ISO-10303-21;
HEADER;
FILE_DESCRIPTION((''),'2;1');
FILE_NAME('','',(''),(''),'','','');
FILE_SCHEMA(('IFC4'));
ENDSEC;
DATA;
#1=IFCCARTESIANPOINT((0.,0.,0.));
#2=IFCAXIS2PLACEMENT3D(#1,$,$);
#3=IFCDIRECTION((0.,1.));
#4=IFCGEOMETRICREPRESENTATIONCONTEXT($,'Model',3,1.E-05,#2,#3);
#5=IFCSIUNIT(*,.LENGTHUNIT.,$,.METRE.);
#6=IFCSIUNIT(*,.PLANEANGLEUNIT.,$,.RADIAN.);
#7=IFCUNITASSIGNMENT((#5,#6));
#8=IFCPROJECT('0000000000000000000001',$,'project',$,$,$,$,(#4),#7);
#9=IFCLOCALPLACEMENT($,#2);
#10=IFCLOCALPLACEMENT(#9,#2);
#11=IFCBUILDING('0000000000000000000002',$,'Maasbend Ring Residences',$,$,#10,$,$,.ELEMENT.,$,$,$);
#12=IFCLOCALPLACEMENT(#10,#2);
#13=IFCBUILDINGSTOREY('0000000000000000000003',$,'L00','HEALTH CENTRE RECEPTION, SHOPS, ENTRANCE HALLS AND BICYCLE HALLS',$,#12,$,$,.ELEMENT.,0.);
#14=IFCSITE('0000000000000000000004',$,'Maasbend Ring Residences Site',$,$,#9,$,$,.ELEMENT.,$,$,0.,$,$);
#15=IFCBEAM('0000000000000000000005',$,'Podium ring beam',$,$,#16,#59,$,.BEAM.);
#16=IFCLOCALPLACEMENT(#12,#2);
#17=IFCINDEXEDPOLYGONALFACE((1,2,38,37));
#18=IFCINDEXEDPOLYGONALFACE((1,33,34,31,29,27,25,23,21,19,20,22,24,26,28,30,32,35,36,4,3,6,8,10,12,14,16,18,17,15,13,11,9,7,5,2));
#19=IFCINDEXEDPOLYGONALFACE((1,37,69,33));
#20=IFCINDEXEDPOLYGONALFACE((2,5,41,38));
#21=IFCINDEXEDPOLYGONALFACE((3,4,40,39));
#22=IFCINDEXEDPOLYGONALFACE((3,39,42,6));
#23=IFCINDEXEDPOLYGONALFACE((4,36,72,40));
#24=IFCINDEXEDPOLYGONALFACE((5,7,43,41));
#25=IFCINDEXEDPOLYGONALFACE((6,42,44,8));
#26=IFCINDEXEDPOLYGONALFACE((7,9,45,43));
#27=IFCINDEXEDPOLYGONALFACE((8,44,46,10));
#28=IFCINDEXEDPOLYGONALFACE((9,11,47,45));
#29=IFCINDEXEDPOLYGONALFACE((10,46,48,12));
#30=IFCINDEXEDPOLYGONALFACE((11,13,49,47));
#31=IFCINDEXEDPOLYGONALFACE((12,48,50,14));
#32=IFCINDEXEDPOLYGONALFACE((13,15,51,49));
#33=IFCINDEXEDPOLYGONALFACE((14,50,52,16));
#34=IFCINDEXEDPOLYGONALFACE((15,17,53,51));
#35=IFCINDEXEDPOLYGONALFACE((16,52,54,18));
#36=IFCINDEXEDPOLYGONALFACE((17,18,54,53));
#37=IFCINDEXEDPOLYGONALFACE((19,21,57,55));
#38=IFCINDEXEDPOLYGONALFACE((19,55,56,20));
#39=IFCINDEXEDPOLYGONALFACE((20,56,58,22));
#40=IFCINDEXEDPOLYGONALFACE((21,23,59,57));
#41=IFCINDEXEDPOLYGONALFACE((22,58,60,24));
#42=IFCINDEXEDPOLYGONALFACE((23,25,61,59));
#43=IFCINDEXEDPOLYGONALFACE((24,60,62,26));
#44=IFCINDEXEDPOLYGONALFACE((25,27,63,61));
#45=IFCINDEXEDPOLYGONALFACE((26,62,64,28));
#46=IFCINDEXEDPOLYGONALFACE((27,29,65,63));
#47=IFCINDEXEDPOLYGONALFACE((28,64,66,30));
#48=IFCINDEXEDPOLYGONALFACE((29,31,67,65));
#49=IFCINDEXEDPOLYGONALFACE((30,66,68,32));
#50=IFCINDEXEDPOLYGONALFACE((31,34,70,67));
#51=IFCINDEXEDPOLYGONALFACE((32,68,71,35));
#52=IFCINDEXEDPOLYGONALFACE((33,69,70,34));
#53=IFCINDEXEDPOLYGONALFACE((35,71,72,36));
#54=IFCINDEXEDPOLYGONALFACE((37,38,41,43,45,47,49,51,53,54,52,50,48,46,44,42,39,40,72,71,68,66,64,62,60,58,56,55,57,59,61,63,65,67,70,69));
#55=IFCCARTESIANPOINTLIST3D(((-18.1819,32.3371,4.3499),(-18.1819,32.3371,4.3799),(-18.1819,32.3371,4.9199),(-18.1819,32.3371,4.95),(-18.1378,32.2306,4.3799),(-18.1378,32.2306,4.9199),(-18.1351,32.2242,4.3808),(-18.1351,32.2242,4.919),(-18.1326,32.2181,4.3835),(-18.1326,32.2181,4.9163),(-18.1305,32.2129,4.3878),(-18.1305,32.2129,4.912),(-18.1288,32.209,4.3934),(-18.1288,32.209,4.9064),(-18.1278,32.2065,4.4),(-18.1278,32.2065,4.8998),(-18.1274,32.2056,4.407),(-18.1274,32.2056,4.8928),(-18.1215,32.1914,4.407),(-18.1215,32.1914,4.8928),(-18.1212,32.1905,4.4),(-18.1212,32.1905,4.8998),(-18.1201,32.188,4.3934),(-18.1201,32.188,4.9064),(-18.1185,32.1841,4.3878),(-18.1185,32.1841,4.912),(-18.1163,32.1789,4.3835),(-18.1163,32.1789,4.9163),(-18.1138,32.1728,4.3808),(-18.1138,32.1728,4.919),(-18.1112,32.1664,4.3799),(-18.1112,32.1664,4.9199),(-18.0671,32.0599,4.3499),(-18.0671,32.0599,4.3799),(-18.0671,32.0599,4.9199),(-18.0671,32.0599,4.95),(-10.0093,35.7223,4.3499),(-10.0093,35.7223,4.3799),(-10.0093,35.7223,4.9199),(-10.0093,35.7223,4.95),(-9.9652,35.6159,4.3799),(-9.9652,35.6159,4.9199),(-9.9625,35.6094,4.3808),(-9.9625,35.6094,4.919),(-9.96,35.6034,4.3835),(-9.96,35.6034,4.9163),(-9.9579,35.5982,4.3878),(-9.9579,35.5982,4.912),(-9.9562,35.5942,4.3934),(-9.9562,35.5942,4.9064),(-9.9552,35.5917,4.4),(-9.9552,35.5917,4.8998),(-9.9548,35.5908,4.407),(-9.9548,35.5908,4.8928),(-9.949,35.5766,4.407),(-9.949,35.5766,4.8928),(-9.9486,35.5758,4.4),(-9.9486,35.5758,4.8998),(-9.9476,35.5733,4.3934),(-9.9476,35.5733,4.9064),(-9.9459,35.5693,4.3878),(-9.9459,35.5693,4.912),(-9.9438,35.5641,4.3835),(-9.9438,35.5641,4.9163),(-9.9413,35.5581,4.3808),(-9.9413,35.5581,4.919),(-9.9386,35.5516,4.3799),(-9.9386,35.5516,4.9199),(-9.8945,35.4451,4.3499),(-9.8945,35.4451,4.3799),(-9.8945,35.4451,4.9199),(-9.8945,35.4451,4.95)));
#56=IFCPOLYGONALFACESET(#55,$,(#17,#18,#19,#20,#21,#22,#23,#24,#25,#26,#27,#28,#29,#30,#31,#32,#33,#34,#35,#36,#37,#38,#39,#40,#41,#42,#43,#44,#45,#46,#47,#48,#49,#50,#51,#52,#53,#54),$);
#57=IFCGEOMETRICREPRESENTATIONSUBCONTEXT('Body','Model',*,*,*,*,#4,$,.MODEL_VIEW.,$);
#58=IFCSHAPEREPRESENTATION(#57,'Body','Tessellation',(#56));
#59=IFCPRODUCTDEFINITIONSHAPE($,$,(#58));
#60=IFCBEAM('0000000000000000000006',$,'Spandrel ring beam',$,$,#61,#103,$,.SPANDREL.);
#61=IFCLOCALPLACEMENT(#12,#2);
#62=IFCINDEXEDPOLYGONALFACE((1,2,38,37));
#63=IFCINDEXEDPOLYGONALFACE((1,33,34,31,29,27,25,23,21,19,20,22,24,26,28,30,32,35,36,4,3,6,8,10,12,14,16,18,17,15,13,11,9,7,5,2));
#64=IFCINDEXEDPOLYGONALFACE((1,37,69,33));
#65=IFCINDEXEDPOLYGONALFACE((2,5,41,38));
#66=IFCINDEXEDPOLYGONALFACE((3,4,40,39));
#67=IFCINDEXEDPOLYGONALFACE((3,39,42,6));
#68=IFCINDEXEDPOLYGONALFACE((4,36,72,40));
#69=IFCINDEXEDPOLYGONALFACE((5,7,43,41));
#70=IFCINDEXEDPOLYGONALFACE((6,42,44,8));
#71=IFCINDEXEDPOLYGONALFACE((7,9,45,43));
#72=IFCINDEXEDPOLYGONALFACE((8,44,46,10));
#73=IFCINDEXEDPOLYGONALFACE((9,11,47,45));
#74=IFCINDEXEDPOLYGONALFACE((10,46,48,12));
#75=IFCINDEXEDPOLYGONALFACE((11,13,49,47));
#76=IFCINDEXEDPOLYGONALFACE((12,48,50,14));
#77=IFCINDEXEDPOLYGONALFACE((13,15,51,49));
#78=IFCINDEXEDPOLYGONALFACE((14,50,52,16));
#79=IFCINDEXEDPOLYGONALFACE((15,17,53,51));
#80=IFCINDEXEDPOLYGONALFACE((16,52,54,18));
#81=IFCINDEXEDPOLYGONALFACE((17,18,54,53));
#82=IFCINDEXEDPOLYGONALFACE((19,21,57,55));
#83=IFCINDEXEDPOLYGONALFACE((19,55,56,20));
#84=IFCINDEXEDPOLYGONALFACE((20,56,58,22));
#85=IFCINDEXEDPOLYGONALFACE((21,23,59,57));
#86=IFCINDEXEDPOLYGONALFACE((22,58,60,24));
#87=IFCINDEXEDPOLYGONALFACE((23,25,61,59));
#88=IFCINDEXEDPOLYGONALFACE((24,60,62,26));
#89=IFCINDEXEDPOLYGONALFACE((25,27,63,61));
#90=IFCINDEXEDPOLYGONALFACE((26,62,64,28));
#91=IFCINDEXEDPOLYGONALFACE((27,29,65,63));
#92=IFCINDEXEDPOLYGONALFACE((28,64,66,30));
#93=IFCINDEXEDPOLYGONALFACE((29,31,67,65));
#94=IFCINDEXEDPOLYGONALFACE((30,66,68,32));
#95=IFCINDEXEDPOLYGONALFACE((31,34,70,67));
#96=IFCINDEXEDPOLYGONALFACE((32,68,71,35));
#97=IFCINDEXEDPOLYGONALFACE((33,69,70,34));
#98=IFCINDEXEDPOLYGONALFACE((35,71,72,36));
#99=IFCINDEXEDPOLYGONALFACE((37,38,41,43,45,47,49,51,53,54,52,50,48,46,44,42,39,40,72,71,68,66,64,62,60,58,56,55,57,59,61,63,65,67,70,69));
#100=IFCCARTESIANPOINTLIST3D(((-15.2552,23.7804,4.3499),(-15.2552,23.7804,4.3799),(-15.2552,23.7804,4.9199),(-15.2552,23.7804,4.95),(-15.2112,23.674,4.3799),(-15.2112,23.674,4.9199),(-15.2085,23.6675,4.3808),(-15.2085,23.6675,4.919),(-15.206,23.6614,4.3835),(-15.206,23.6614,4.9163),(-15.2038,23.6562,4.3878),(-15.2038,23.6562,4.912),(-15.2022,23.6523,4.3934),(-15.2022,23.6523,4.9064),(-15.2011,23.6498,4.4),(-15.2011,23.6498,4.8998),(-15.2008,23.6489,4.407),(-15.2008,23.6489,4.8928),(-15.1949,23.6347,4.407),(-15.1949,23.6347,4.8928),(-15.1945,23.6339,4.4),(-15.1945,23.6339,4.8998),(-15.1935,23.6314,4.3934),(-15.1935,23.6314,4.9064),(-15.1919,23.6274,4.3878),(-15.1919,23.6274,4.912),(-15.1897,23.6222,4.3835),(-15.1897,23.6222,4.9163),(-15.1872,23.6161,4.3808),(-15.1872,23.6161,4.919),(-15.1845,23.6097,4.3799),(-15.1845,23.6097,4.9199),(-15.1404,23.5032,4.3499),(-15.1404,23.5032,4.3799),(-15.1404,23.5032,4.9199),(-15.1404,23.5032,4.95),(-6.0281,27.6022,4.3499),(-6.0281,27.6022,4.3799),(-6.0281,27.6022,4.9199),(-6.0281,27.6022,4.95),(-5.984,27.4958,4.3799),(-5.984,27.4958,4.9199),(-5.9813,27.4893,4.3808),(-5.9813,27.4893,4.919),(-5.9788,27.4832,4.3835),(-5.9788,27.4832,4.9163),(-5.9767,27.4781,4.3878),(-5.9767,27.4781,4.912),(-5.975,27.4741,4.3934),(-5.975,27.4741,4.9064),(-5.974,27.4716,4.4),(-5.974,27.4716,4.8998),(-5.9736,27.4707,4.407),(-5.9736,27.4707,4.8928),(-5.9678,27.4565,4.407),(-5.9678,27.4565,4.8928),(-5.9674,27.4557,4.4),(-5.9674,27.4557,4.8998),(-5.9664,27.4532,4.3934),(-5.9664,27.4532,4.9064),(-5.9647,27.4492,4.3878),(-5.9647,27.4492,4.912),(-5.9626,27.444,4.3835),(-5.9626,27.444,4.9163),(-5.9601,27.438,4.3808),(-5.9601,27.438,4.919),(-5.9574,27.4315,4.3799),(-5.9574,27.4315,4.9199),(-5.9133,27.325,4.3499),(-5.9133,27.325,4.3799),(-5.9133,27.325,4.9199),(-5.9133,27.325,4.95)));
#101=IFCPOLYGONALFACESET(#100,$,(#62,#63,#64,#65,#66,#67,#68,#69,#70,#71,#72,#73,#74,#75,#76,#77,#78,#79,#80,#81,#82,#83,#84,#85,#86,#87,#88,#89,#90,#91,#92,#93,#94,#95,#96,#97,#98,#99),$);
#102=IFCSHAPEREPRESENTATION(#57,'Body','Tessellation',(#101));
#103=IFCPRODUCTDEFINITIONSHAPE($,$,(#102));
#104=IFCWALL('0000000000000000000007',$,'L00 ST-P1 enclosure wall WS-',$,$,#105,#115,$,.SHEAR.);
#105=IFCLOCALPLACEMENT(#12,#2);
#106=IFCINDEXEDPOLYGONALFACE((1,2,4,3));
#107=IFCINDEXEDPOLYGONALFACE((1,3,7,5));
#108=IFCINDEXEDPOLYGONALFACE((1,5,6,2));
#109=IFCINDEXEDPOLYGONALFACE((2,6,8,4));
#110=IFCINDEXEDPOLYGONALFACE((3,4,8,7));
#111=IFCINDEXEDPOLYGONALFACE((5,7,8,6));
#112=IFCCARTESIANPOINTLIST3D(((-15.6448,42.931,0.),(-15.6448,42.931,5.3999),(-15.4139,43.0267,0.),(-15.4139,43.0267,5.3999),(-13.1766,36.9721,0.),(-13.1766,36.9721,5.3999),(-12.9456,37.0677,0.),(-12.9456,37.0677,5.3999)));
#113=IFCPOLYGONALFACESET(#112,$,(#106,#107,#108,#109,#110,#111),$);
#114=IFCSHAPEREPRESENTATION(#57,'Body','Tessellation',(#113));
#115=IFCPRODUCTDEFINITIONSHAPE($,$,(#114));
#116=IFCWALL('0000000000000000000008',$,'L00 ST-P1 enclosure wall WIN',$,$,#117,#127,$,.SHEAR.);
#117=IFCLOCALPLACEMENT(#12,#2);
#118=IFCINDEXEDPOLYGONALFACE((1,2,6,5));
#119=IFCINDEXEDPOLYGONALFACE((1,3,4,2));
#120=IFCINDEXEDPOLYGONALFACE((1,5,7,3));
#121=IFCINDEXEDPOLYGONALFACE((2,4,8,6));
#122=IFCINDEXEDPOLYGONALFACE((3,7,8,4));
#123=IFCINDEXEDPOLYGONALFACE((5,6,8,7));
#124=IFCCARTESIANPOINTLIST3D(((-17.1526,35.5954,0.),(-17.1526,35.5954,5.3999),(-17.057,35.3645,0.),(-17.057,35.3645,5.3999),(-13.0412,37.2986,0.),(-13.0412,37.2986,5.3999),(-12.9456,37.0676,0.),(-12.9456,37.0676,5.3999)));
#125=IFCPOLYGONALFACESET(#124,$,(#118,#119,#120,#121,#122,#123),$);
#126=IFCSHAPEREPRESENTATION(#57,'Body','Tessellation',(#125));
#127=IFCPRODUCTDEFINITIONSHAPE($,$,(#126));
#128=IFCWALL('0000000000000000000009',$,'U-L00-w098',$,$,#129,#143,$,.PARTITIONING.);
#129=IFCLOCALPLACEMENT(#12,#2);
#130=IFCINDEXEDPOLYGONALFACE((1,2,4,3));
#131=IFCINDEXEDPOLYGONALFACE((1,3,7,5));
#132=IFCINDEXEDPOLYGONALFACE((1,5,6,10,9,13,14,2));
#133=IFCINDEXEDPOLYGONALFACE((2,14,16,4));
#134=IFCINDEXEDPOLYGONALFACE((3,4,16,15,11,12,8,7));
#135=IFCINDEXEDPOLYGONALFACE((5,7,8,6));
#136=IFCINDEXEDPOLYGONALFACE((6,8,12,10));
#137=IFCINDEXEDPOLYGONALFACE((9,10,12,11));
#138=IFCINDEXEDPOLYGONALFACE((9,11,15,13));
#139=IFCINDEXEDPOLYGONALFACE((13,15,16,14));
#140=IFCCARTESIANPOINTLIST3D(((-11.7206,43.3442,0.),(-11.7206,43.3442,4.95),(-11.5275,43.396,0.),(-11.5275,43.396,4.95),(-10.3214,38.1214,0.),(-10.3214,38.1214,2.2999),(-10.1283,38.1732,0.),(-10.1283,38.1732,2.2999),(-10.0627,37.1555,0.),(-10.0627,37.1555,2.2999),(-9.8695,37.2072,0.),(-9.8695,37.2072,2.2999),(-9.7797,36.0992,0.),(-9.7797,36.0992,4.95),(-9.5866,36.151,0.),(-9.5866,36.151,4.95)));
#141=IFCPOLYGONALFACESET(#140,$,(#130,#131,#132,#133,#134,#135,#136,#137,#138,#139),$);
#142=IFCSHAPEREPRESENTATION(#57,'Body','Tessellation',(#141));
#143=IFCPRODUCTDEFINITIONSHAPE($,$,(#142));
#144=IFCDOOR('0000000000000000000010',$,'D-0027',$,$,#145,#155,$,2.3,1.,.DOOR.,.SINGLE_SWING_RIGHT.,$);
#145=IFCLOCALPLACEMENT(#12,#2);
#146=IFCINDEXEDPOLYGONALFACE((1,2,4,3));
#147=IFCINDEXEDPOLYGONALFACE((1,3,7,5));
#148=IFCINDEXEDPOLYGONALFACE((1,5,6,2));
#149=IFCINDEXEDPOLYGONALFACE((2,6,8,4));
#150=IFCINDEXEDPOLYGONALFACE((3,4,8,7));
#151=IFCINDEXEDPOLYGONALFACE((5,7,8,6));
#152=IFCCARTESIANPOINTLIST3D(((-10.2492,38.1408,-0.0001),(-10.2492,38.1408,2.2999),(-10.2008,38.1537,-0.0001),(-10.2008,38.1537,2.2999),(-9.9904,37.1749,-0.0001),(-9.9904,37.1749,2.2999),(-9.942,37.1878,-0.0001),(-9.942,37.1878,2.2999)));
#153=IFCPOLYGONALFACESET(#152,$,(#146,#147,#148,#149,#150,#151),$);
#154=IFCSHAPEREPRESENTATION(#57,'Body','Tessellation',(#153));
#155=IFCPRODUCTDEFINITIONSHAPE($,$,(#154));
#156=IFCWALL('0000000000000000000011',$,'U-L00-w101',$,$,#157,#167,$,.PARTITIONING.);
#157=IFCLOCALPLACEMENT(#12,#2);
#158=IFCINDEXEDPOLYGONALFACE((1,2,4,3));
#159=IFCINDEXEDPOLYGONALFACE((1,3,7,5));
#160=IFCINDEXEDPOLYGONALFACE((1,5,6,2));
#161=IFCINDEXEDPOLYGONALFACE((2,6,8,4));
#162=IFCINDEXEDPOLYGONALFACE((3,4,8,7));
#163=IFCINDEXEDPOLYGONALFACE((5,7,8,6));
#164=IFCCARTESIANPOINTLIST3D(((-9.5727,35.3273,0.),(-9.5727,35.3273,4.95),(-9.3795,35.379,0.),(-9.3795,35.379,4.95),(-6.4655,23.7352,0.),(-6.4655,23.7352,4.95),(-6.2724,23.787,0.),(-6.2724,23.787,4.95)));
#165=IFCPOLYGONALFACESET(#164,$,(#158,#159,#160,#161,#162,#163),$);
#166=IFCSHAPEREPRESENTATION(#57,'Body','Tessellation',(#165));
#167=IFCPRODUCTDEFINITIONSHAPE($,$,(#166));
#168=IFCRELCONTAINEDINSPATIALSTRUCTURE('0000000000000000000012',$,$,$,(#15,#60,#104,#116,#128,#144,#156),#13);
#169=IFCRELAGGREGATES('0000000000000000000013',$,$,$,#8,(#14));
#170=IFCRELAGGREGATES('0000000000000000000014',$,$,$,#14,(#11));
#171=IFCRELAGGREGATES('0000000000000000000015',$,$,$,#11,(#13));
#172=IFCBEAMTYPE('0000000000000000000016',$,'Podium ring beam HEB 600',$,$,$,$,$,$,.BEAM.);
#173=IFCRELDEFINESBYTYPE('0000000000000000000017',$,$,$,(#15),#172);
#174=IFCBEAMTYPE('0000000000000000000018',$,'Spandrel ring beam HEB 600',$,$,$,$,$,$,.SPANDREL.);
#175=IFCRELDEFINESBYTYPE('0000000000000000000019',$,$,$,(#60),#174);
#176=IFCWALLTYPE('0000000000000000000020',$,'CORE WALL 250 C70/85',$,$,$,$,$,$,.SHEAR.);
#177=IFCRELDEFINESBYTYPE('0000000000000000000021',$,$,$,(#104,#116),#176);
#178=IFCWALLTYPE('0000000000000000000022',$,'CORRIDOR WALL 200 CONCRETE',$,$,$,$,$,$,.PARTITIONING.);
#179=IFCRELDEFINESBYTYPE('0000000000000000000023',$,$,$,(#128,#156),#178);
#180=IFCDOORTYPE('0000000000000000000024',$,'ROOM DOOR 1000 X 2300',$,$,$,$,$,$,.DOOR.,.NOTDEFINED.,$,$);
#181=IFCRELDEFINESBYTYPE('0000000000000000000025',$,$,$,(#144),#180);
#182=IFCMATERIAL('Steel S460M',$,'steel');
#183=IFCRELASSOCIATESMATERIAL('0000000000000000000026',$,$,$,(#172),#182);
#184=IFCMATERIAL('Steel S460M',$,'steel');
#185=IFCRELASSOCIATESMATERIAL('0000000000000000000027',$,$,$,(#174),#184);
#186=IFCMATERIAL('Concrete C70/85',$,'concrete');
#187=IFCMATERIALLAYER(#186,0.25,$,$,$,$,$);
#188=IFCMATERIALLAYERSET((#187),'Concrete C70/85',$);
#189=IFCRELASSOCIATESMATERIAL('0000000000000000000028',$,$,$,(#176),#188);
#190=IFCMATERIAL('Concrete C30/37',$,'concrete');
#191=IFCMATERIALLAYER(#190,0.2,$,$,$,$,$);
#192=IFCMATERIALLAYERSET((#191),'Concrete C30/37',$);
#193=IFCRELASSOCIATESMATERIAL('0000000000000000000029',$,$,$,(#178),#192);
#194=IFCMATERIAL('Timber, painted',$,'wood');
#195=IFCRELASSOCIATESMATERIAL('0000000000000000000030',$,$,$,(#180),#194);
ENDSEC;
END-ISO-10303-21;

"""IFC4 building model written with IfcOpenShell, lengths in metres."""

from ifc_helpers import new_model, si_unit, direction, frame, frame_2d, origin, origin_2d, place, context, subcontext, project, spatial, rectangle, i_section, extrude, material, layer, layer_set, material_profile, profile_set, type_object, element, fill, save


model = new_model("IFC4")

# Units and contexts
model_context = context("Model", 3, precision=1e-05, world=origin(), true_north=direction((0.0, 1.0)))
body_context = subcontext(model_context, "Body", "Model", "MODEL_VIEW")
ifc_project = project(units=[si_unit("LENGTHUNIT", "METRE"), si_unit("PLANEANGLEUNIT", "RADIAN")], contexts=[model_context])

# Site, building, storey
site_placement = place(None, origin())
site = spatial("IfcSite", under=ifc_project, at=site_placement, Name="Maasbend Ring Residences Site", CompositionType="ELEMENT", RefElevation=0.0)
building_placement = place(site_placement, origin())
building = spatial("IfcBuilding", under=site, at=building_placement, Name="Maasbend Ring Residences", CompositionType="ELEMENT")
storey_placement = place(building_placement, origin())
storey = spatial("IfcBuildingStorey", under=building, at=storey_placement, Name="L00", Description="HEALTH CENTRE RECEPTION, SHOPS, ENTRANCE HALLS AND BICYCLE HALLS", CompositionType="ELEMENT", Elevation=0.0)

# Beams
ifc_material_1 = material(Name="Steel S460M", Category="steel")
ifc_material_profile_1 = material_profile(ifc_material_1, i_section(OverallWidth=0.3, OverallDepth=0.6001, WebThickness=0.0154, FlangeThickness=0.03, FilletRadius=0.0271, at=origin_2d()), Name="HEB 600")
ifc_profile_set_1 = profile_set([ifc_material_profile_1], Name="Steel S460M")
beam_type_1 = type_object("IfcBeamType", Name="Podium ring beam HEB 600", PredefinedType="BEAM", material=ifc_profile_set_1)
for number, where, z_axis, x_axis, name in (
    (1, (-9.9519, 35.5837, 4.6499), (-0.923878, -0.382688, 0.0), (0.382688, -0.923878, 0.0), "Podium ring beam"),
):
    element("IfcBeam", number, at=place(storey_placement, frame(where, z_axis=z_axis, x_axis=x_axis)), inside=storey, type_object=beam_type_1, Name=name, PredefinedType="BEAM", context=body_context, shape_type="SweptSolid", body=[
        extrude(i_section(OverallWidth=0.3, OverallDepth=0.6001, WebThickness=0.0154, FlangeThickness=0.03, FilletRadius=0.0271, at=origin_2d()), origin(), (0.0, 0.0, 1.0), 8.8459),
    ])
ifc_material_2 = material(Name="Steel S460M", Category="steel")
ifc_material_profile_2 = material_profile(ifc_material_2, i_section(OverallWidth=0.3, OverallDepth=0.6001, WebThickness=0.0154, FlangeThickness=0.03, FilletRadius=0.0271, at=origin_2d()), Name="HEB 600")
ifc_profile_set_2 = profile_set([ifc_material_profile_2], Name="Steel S460M")
beam_type_2 = type_object("IfcBeamType", Name="Spandrel ring beam HEB 600", PredefinedType="SPANDREL", material=ifc_profile_set_2)
beam_1_placement = place(storey_placement, frame((-5.9707, 27.4636, 4.6499), z_axis=(-0.923886, -0.382667, 0.0), x_axis=(0.382667, -0.923886, 0.0)))
element("IfcBeam", 2, at=beam_1_placement, inside=storey, type_object=beam_type_2, Name="Spandrel ring beam", PredefinedType="SPANDREL", context=body_context, shape_type="SweptSolid", body=[
    extrude(i_section(OverallWidth=0.3, OverallDepth=0.6001, WebThickness=0.0154, FlangeThickness=0.03, FilletRadius=0.0271, at=origin_2d()), origin(), (0.0, 0.0, 1.0), 9.9873),
])

# Walls
ifc_material_3 = material(Name="Concrete C70/85", Category="concrete")
ifc_layer_1 = layer(ifc_material_3, 0.25)
ifc_layer_set_1 = layer_set([ifc_layer_1], Name="Concrete C70/85")
wall_type_1 = type_object("IfcWallType", Name="CORE WALL 250 C70/85", PredefinedType="SHEAR", material=ifc_layer_set_1)
wall_1_placement = place(storey_placement, frame((-13.061, 37.0198, 0.0), z_axis=(0.0, 0.0, 1.0), x_axis=(-0.382679, 0.923881, 0.0)))
element("IfcWall", 3, at=wall_1_placement, inside=storey, type_object=wall_type_1, Name="L00 ST-P1 enclosure wall WS-", PredefinedType="SHEAR", context=body_context, shape_type="SweptSolid", body=[
    extrude(rectangle(XDim=6.45, YDim=0.25, at=frame_2d((3.2251, 0.0))), origin(), (0.0, 0.0, 1.0), 5.3999),
])
wall_2_placement = place(storey_placement, frame((-12.9934, 37.1831, 0.0), z_axis=(0.0, 0.0, 1.0), x_axis=(-0.923867, -0.382714, 0.0)))
element("IfcWall", 4, at=wall_2_placement, inside=storey, type_object=wall_type_1, Name="L00 ST-P1 enclosure wall WIN", PredefinedType="SHEAR", context=body_context, shape_type="SweptSolid", body=[
    extrude(rectangle(XDim=4.4502, YDim=0.25, at=frame_2d((2.2251, 0.0))), origin(), (0.0, 0.0, 1.0), 5.3999),
])

# Wall, opening, door
ifc_material_4 = material(Name="Concrete C30/37", Category="concrete")
ifc_layer_2 = layer(ifc_material_4, 0.2)
ifc_layer_set_2 = layer_set([ifc_layer_2], Name="Concrete C30/37")
wall_type_2 = type_object("IfcWallType", Name="CORRIDOR WALL 200 CONCRETE", PredefinedType="PARTITIONING", material=ifc_layer_set_2)
wall_3_placement = place(storey_placement, frame((-11.624, 43.3701, 0.0), z_axis=(0.0, 0.0, 1.0), x_axis=(0.258769, -0.965939, 0.0)))
wall_3 = element("IfcWall", 5, at=wall_3_placement, inside=storey, type_object=wall_type_2, Name="U-L00-w098", PredefinedType="PARTITIONING", context=body_context, shape_type="SweptSolid", body=[
    extrude(rectangle(XDim=7.5005, YDim=0.2, at=frame_2d((3.7502, 0.0))), origin(), (0.0, 0.0, 1.0), 4.95),
])
opening_1_placement = place(wall_3_placement, frame((5.407, 0.0, 0.0)))
opening_1 = element("IfcOpeningElement", 6, at=opening_1_placement, cuts=wall_3, PredefinedType="OPENING", context=body_context, shape_type="SweptSolid", body=[
    extrude(rectangle(XDim=1.0, YDim=2.3, at=frame_2d((0.5, 1.1499))), frame((0.0, 0.1099, 0.0), z_axis=(0.0, -1.0, 0.0), x_axis=(1.0, 0.0, 0.0)), (0.0, 0.0, 1.0), 0.22),
])
ifc_material_5 = material(Name="Timber, painted", Category="wood")
door_type = type_object("IfcDoorType", Name="ROOM DOOR 1000 X 2300", OperationType="NOTDEFINED", PredefinedType="DOOR", material=ifc_material_5)
door_1_placement = place(opening_1_placement, origin())
door_1 = element("IfcDoor", 7, at=door_1_placement, inside=storey, type_object=door_type, Name="D-0027", OperationType="SINGLE_SWING_RIGHT", OverallHeight=2.3, OverallWidth=1.0, PredefinedType="DOOR", context=body_context, shape_type="SweptSolid", body=[
    extrude(rectangle(XDim=1.0, YDim=2.3, at=frame_2d((0.5, 1.1499))), frame((0.0, 0.0249, 0.0), z_axis=(0.0, -1.0, 0.0), x_axis=(1.0, 0.0, 0.0)), (0.0, 0.0, 1.0), 0.05),
])
fill(opening_1, door_1)

# Wall
wall_4_placement = place(storey_placement, frame((-9.4761, 35.353, 0.0), z_axis=(0.0, 0.0, 1.0), x_axis=(0.258905, -0.965903, 0.0)))
element("IfcWall", 8, at=wall_4_placement, inside=storey, type_object=wall_type_2, Name="U-L00-w101", PredefinedType="PARTITIONING", context=body_context, shape_type="SweptSolid", body=[
    extrude(rectangle(XDim=12.0012, YDim=0.2, at=frame_2d((6.0005, 0.0))), origin(), (0.0, 0.0, 1.0), 4.95),
])

save(model, "model.ifc")
